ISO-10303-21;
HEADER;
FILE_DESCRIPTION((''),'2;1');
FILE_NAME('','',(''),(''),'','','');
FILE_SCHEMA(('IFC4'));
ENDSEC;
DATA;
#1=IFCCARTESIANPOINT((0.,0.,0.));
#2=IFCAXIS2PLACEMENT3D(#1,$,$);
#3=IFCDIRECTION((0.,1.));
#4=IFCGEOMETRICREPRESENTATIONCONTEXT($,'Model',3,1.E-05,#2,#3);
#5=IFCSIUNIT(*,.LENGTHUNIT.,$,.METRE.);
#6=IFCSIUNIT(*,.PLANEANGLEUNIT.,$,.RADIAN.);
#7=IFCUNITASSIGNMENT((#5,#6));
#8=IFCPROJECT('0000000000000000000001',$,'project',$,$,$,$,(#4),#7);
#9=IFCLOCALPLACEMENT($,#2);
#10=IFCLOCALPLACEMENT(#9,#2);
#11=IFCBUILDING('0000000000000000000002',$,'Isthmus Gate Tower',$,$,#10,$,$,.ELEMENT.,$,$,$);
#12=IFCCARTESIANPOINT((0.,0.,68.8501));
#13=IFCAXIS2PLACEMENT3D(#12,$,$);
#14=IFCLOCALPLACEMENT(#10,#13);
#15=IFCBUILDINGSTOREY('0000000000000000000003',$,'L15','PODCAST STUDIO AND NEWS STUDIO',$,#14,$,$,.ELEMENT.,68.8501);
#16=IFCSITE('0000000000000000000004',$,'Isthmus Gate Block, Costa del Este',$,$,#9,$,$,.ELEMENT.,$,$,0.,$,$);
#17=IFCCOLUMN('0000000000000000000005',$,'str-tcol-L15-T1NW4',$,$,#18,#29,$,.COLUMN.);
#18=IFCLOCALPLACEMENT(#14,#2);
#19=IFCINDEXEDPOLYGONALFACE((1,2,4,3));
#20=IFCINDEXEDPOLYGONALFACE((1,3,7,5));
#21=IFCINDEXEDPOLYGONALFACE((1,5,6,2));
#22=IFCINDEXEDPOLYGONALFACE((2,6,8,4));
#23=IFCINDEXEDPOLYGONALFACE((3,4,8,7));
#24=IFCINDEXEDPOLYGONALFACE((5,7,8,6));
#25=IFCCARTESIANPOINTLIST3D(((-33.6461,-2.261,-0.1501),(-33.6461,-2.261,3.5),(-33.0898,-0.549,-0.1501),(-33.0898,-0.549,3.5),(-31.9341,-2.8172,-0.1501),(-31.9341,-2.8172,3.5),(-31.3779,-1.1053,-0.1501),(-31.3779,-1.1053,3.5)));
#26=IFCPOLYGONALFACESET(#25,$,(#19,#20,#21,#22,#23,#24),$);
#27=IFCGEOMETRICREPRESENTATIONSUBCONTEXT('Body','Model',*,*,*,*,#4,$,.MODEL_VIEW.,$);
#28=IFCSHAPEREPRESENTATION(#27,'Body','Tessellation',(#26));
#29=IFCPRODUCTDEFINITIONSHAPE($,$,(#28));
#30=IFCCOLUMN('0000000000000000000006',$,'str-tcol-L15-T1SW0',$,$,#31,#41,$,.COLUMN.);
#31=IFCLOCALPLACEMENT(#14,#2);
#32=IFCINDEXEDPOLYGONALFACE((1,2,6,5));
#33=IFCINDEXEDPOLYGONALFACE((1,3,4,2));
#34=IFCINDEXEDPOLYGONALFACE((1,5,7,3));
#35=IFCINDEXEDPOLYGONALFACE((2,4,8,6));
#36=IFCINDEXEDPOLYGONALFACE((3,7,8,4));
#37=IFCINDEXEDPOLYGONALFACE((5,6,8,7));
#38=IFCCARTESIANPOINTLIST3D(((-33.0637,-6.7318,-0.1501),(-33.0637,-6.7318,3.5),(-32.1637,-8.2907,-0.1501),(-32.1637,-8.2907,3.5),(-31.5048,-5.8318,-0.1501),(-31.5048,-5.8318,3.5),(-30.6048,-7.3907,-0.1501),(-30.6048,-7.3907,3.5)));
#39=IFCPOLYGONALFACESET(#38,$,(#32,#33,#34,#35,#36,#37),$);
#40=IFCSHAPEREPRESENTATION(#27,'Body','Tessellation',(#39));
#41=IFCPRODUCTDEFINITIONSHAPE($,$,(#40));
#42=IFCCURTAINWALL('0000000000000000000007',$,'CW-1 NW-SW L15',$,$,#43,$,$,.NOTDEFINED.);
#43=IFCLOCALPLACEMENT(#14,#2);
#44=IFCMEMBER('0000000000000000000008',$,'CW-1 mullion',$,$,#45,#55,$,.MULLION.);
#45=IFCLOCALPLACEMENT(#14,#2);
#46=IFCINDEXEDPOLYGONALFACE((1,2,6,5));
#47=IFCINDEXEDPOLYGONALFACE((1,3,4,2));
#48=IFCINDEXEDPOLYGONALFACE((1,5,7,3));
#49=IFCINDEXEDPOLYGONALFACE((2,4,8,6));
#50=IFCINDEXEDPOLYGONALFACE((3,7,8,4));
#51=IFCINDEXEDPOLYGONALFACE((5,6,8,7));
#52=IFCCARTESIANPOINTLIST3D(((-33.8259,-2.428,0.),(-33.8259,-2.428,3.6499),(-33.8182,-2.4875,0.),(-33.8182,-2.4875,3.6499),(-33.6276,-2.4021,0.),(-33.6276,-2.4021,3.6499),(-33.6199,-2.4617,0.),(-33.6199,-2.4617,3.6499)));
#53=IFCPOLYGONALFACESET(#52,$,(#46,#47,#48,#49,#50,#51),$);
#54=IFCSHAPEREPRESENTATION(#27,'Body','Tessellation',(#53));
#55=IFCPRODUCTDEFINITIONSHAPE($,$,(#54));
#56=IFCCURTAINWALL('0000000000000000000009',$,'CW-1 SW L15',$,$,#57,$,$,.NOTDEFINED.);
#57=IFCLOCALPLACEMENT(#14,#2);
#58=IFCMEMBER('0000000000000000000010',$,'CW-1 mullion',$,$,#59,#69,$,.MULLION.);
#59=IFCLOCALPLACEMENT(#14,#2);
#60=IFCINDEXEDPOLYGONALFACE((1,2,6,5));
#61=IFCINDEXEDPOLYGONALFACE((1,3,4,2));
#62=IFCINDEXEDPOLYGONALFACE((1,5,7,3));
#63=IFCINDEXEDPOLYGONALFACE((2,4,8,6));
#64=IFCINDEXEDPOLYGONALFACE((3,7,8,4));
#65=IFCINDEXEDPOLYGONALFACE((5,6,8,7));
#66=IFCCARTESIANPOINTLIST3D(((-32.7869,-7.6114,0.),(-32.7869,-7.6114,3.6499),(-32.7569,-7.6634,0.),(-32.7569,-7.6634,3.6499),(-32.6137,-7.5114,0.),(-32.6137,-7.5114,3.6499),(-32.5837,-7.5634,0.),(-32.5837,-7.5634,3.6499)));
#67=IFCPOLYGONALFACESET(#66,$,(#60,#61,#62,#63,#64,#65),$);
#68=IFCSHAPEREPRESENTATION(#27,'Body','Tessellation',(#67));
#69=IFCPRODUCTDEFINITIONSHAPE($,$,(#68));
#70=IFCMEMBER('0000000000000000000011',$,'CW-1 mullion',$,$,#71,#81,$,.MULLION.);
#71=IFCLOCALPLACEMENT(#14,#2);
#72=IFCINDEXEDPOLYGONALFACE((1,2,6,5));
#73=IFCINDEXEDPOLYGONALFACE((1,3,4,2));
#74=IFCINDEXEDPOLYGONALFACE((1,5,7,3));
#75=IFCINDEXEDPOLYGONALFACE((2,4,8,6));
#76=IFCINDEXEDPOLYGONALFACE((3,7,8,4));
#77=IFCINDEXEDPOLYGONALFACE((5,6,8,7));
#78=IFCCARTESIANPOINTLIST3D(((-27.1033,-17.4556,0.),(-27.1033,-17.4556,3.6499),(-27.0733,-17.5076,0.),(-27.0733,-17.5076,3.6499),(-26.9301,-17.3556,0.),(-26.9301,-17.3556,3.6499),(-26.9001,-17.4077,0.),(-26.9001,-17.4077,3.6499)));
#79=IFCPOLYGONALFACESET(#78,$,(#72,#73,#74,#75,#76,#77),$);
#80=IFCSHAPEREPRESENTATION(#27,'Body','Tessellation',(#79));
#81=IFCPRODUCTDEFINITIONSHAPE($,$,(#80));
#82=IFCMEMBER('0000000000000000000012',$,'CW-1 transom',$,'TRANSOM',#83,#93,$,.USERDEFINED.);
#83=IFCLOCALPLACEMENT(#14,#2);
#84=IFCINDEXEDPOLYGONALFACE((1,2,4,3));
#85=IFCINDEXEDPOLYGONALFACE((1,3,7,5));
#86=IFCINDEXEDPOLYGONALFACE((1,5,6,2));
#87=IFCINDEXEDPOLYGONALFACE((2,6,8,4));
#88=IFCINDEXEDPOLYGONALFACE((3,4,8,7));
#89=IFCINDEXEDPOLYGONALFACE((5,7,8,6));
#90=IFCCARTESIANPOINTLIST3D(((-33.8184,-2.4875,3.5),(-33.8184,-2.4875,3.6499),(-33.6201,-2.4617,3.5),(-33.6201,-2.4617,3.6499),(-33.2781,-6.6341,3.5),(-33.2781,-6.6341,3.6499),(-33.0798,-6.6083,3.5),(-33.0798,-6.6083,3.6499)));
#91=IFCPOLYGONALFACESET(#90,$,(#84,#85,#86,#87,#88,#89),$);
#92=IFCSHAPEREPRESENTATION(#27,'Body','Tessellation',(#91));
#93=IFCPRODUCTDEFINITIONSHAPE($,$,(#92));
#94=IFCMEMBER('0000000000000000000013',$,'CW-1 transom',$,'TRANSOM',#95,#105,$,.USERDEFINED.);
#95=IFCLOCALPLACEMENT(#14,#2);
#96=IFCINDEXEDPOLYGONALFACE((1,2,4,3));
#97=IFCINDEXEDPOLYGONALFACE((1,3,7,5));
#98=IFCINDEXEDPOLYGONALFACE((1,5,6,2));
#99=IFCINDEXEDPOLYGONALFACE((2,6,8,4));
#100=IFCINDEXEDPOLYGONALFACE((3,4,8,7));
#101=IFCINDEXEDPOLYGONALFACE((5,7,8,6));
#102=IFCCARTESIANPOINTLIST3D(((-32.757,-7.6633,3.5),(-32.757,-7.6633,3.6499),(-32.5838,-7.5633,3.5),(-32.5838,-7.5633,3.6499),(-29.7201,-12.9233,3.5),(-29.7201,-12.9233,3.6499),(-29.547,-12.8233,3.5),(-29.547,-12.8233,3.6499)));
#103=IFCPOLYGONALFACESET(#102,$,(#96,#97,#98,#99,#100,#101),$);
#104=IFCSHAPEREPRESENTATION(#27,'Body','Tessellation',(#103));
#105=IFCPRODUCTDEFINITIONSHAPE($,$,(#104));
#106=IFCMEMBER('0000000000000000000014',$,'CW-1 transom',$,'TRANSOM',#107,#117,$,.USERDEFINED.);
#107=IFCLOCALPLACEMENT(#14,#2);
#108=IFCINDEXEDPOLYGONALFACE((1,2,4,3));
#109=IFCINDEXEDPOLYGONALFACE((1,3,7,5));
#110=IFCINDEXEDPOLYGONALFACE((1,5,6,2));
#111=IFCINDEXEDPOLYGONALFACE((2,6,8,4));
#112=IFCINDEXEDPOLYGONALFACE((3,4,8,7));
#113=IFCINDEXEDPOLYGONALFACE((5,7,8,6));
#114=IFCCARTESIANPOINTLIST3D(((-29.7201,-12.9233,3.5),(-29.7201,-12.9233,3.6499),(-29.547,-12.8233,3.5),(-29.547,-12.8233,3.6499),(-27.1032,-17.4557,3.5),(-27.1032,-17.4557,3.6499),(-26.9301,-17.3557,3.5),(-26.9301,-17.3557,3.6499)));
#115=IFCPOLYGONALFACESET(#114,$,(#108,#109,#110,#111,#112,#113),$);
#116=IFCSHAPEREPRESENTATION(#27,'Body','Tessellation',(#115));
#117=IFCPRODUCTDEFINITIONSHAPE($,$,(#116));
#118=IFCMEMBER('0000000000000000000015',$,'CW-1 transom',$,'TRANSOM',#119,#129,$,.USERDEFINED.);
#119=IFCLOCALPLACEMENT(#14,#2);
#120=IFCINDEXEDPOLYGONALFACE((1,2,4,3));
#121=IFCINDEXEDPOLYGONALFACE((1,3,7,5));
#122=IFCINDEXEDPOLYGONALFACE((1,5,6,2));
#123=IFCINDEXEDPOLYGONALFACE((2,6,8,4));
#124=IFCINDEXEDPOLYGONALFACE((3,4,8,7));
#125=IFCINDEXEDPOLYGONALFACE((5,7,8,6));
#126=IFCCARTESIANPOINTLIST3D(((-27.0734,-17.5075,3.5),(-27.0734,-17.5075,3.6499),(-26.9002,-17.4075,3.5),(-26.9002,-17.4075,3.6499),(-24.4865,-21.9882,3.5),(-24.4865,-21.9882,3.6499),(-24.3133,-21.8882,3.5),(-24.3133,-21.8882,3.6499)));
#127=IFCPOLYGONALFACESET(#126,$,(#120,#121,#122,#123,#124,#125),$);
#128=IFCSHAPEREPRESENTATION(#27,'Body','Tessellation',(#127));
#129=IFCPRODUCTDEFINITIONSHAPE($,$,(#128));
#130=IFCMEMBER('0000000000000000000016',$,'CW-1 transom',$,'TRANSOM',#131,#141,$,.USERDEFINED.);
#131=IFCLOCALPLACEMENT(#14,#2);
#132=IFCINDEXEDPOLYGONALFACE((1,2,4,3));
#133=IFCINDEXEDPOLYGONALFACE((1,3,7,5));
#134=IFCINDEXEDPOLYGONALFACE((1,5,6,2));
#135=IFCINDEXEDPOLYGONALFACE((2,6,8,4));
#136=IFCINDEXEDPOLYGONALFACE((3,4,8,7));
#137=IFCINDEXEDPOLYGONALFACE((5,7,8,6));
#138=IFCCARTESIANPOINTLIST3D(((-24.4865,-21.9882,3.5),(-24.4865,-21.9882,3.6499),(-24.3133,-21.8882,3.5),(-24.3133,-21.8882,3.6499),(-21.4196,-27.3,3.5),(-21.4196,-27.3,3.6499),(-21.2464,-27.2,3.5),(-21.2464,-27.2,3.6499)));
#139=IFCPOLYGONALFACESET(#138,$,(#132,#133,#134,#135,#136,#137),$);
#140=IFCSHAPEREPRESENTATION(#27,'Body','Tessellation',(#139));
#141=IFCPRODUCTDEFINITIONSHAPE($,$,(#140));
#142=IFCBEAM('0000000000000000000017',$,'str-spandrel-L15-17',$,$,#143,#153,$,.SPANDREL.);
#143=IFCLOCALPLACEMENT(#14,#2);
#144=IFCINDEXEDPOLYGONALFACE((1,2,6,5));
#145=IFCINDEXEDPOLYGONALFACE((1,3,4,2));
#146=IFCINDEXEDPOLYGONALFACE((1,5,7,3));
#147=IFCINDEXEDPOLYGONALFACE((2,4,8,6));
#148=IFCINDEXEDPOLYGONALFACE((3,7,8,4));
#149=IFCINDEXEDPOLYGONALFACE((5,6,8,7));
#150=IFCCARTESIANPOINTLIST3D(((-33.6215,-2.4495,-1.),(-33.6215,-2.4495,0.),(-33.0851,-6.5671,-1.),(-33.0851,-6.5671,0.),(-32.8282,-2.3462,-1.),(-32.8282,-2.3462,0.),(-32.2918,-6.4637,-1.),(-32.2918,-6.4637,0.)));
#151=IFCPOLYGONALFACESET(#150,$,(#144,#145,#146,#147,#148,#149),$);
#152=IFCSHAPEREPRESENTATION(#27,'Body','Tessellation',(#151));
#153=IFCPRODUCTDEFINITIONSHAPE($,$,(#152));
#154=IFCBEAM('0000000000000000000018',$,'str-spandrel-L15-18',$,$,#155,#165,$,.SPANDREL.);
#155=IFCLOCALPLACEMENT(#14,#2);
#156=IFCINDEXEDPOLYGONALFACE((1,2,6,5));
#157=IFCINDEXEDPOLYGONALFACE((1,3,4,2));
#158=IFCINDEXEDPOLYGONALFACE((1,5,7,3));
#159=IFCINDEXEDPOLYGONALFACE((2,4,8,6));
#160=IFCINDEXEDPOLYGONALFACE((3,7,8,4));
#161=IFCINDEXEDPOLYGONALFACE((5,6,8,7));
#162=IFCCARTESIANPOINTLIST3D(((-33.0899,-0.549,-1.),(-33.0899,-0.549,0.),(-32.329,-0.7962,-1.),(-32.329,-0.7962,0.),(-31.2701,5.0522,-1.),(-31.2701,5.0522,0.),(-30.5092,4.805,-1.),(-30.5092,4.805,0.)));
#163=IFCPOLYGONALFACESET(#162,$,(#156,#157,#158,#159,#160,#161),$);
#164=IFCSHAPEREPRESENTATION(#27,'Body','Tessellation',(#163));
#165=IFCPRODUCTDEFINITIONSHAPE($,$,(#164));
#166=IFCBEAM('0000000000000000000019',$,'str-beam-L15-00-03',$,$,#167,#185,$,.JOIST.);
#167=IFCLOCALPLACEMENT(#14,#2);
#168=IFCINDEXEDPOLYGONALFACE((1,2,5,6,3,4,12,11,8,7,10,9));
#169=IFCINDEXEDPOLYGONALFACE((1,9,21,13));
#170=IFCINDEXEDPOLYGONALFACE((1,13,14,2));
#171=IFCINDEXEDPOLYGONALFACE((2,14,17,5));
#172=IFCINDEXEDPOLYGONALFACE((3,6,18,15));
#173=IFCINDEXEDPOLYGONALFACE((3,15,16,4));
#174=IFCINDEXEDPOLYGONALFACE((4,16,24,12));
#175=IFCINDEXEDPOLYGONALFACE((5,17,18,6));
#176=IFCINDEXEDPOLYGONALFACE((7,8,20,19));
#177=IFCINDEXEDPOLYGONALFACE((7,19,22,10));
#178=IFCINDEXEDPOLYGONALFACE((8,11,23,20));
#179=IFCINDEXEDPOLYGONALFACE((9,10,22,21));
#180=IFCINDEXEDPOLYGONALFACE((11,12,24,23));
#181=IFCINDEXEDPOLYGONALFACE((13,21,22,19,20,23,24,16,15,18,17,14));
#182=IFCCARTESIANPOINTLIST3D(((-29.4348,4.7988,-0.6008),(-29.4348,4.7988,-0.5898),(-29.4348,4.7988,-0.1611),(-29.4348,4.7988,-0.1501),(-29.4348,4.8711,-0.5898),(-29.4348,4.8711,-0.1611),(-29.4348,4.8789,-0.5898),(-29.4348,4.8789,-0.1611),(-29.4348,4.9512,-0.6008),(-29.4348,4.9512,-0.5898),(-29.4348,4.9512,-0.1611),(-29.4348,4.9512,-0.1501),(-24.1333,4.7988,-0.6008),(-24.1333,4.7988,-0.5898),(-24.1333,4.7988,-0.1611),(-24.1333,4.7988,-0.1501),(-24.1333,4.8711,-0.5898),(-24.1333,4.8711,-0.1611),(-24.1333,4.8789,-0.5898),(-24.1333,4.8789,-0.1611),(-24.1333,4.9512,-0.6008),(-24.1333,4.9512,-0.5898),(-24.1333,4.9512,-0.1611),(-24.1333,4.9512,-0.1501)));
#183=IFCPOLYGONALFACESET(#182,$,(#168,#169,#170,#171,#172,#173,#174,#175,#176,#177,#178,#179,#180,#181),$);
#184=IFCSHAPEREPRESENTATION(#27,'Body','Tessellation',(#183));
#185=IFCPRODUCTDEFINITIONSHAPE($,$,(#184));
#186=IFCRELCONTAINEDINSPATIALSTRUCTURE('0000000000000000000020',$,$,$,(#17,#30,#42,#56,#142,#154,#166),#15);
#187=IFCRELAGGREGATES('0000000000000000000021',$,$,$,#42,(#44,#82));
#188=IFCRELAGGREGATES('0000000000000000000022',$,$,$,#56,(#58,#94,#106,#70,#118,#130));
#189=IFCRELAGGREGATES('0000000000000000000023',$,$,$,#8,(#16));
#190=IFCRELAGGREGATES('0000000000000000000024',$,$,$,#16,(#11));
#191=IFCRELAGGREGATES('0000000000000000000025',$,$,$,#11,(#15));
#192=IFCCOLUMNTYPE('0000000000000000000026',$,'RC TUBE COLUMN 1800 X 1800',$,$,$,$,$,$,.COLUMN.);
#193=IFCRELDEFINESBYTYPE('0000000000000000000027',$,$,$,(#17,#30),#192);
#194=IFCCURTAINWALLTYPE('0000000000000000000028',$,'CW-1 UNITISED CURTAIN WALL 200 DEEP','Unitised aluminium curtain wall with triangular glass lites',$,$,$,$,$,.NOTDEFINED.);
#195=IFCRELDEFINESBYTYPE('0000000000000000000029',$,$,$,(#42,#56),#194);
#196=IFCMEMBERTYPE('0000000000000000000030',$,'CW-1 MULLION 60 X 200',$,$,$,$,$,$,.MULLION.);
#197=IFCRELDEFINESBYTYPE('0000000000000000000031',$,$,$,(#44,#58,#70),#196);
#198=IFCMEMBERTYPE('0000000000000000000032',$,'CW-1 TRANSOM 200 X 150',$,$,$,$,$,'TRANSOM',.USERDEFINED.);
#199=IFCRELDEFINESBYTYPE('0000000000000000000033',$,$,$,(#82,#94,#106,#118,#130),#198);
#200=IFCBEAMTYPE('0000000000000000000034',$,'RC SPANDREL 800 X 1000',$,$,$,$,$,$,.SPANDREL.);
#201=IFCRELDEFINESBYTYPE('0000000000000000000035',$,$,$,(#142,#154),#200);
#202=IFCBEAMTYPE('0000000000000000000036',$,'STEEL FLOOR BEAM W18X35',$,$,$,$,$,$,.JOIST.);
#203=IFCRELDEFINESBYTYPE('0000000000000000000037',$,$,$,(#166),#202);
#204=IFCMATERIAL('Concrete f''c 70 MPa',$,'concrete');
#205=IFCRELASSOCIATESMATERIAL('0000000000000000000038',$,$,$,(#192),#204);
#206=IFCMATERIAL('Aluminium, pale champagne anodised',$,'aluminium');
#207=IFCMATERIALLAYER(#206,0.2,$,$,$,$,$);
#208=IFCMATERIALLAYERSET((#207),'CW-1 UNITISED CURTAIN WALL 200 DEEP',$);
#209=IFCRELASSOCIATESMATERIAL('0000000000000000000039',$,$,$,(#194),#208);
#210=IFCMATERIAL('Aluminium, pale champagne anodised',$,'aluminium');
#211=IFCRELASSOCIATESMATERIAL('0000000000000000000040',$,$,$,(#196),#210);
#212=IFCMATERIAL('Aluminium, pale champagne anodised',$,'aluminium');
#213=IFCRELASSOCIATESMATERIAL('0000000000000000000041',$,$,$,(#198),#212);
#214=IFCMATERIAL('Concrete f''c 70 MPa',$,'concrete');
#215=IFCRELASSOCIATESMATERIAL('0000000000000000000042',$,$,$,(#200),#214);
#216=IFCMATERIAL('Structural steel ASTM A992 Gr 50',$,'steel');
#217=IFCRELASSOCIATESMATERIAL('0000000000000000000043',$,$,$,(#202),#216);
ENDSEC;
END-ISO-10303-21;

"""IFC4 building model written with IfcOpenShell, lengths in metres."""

from ifc_helpers import new_model, si_unit, direction, frame, origin, origin_2d, place, context, subcontext, project, spatial, rectangle, i_section, extrude, material, layer, layer_set, material_profile, profile_set, type_object, element, aggregate, save


model = new_model("IFC4")

# Units and contexts
model_context = context("Model", 3, precision=1e-05, world=origin(), true_north=direction((0.0, 1.0)))
body_context = subcontext(model_context, "Body", "Model", "MODEL_VIEW")
ifc_project = project(units=[si_unit("LENGTHUNIT", "METRE"), si_unit("PLANEANGLEUNIT", "RADIAN")], contexts=[model_context])

# Site, building, storey
site_placement = place(None, origin())
site = spatial("IfcSite", under=ifc_project, at=site_placement, Name="Isthmus Gate Block, Costa del Este", CompositionType="ELEMENT", RefElevation=0.0)
building_placement = place(site_placement, origin())
building = spatial("IfcBuilding", under=site, at=building_placement, Name="Isthmus Gate Tower", CompositionType="ELEMENT")
storey_placement = place(building_placement, frame((0.0, 0.0, 68.8501)))
storey = spatial("IfcBuildingStorey", under=building, at=storey_placement, Name="L15", Description="PODCAST STUDIO AND NEWS STUDIO", CompositionType="ELEMENT", Elevation=68.8501)

# Columns
ifc_material_1 = material(Name="Concrete f'c 70 MPa", Category="concrete")
ifc_material_profile_1 = material_profile(ifc_material_1, rectangle(XDim=1.8, YDim=1.8, at=origin_2d()), Name="RC 1800X1800")
ifc_profile_set_1 = profile_set([ifc_material_profile_1], Name="Concrete f'c 70 MPa")
column_type = type_object("IfcColumnType", Name="RC TUBE COLUMN 1800 X 1800", PredefinedType="COLUMN", material=ifc_profile_set_1)
for number, where, z_axis, x_axis, name in (
    (1, (-32.512, -1.6831, -0.1501), (0.0, 0.0, 1.0), (-0.309017, -0.951057, 0.0), "str-tcol-L15-T1NW4"),
    (2, (-31.8342, -7.0613, -0.1501), (0.0, 0.0, 1.0), (0.5, -0.866025, 0.0), "str-tcol-L15-T1SW0"),
):
    element("IfcColumn", number, at=place(storey_placement, frame(where, z_axis=z_axis, x_axis=x_axis)), inside=storey, type_object=column_type, Name=name, PredefinedType="COLUMN", context=body_context, shape_type="SweptSolid", body=[
        extrude(rectangle(XDim=1.8, YDim=1.8, at=origin_2d()), origin(), (0.0, 0.0, 1.0), 3.6501),
    ])

# Curtain wall, member
ifc_material_2 = material(Name="Aluminium, pale champagne anodised", Category="aluminium")
ifc_layer_1 = layer(ifc_material_2, 0.2)
ifc_layer_set_1 = layer_set([ifc_layer_1], Name="CW-1 UNITISED CURTAIN WALL 200 DEEP")
curtain_wall_type = type_object("IfcCurtainWallType", Name="CW-1 UNITISED CURTAIN WALL 200 DEEP", Description="Unitised aluminium curtain wall with triangular glass lites", PredefinedType="NOTDEFINED", material=ifc_layer_set_1)
curtain_wall_1_placement = place(storey_placement, origin())
curtain_wall_1 = element("IfcCurtainWall", 3, at=curtain_wall_1_placement, inside=storey, type_object=curtain_wall_type, Name="CW-1 NW-SW L15", PredefinedType="NOTDEFINED")
ifc_material_3 = material(Name="Aluminium, pale champagne anodised", Category="aluminium")
ifc_material_profile_2 = material_profile(ifc_material_3, rectangle(XDim=0.0601, YDim=0.2, at=origin_2d()), Name="60x200")
ifc_profile_set_2 = profile_set([ifc_material_profile_2], Name="Aluminium, pale champagne anodised")
member_type_1 = type_object("IfcMemberType", Name="CW-1 MULLION 60 X 200", PredefinedType="MULLION", material=ifc_profile_set_2)
member_1_placement = place(storey_placement, frame((-33.7229, -2.4448, 0.0), z_axis=(0.0, 0.0, 1.0), x_axis=(0.129165, -0.991623, 0.0)))
member_1 = element("IfcMember", 4, at=member_1_placement, type_object=member_type_1, Name="CW-1 mullion", PredefinedType="MULLION", context=body_context, shape_type="SweptSolid", body=[
    extrude(rectangle(XDim=0.0601, YDim=0.2, at=origin_2d()), origin(), (0.0, 0.0, 1.0), 3.6499),
])

# Curtain wall, members
curtain_wall_2_placement = place(storey_placement, origin())
curtain_wall_2 = element("IfcCurtainWall", 5, at=curtain_wall_2_placement, inside=storey, type_object=curtain_wall_type, Name="CW-1 SW L15", PredefinedType="NOTDEFINED")
member_2_placement = place(storey_placement, frame((-32.6853, -7.5874, 0.0), z_axis=(0.0, 0.0, 1.0), x_axis=(0.5, -0.866025, 0.0)))
member_2 = element("IfcMember", 6, at=member_2_placement, type_object=member_type_1, Name="CW-1 mullion", PredefinedType="MULLION", context=body_context, shape_type="SweptSolid", body=[
    extrude(rectangle(XDim=0.0601, YDim=0.2, at=origin_2d()), origin(), (0.0, 0.0, 1.0), 3.6499),
])
member_3_placement = place(storey_placement, frame((-27.0017, -17.4316, 0.0), z_axis=(0.0, 0.0, 1.0), x_axis=(0.5, -0.866025, 0.0)))
member_3 = element("IfcMember", 7, at=member_3_placement, type_object=member_type_1, Name="CW-1 mullion", PredefinedType="MULLION", context=body_context, shape_type="SweptSolid", body=[
    extrude(rectangle(XDim=0.0601, YDim=0.2, at=origin_2d()), origin(), (0.0, 0.0, 1.0), 3.6499),
])

# Members
ifc_material_4 = material(Name="Aluminium, pale champagne anodised", Category="aluminium")
ifc_material_profile_3 = material_profile(ifc_material_4, rectangle(XDim=0.2, YDim=0.1499, at=origin_2d()), Name="200x150")
ifc_profile_set_3 = profile_set([ifc_material_profile_3], Name="Aluminium, pale champagne anodised")
member_type_2 = type_object("IfcMemberType", Name="CW-1 TRANSOM 200 X 150", ElementType="TRANSOM", PredefinedType="USERDEFINED", material=ifc_profile_set_3)
member_4_placement = place(storey_placement, frame((-33.7192, -2.4746, 3.575), z_axis=(0.129207, -0.991618, 0.0), x_axis=(0.991618, 0.129207, 0.0)))
member_4 = element("IfcMember", 8, at=member_4_placement, type_object=member_type_2, Name="CW-1 transom", ObjectType="TRANSOM", PredefinedType="USERDEFINED", context=body_context, shape_type="SweptSolid", body=[
    extrude(rectangle(XDim=0.2, YDim=0.1499, at=origin_2d()), origin(), (0.0, 0.0, 1.0), 4.1816),
])
member_5_placement = place(storey_placement, frame((-32.6704, -7.6133, 3.575), z_axis=(0.5, -0.866026, 0.0), x_axis=(0.866026, 0.5, 0.0)))
member_5 = element("IfcMember", 9, at=member_5_placement, type_object=member_type_2, Name="CW-1 transom", ObjectType="TRANSOM", PredefinedType="USERDEFINED", context=body_context, shape_type="SweptSolid", body=[
    extrude(rectangle(XDim=0.2, YDim=0.1499, at=origin_2d()), origin(), (0.0, 0.0, 1.0), 6.0737),
])
member_6_placement = place(storey_placement, frame((-29.6335, -12.8733, 3.575), z_axis=(0.500017, -0.866015, 0.0), x_axis=(0.866015, 0.500017, 0.0)))
member_6 = element("IfcMember", 10, at=member_6_placement, type_object=member_type_2, Name="CW-1 transom", ObjectType="TRANSOM", PredefinedType="USERDEFINED", context=body_context, shape_type="SweptSolid", body=[
    extrude(rectangle(XDim=0.2, YDim=0.1499, at=origin_2d()), origin(), (0.0, 0.0, 1.0), 5.2336),
])
member_7_placement = place(storey_placement, frame((-26.9868, -17.4575, 3.575), z_axis=(0.499996, -0.866028, 0.0), x_axis=(0.866028, 0.499996, 0.0)))
member_7 = element("IfcMember", 11, at=member_7_placement, type_object=member_type_2, Name="CW-1 transom", ObjectType="TRANSOM", PredefinedType="USERDEFINED", context=body_context, shape_type="SweptSolid", body=[
    extrude(rectangle(XDim=0.2, YDim=0.1499, at=origin_2d()), origin(), (0.0, 0.0, 1.0), 5.1738),
])
member_8_placement = place(storey_placement, frame((-24.3999, -21.9382, 3.575), z_axis=(0.500018, -0.866015, 0.0), x_axis=(0.866015, 0.500018, 0.0)))
member_8 = element("IfcMember", 12, at=member_8_placement, type_object=member_type_2, Name="CW-1 transom", ObjectType="TRANSOM", PredefinedType="USERDEFINED", context=body_context, shape_type="SweptSolid", body=[
    extrude(rectangle(XDim=0.2, YDim=0.1499, at=origin_2d()), origin(), (0.0, 0.0, 1.0), 6.1335),
])

# Beams
ifc_material_5 = material(Name="Concrete f'c 70 MPa", Category="concrete")
ifc_material_profile_4 = material_profile(ifc_material_5, rectangle(XDim=0.8, YDim=1.0, at=origin_2d()), Name="RC 800X1000")
ifc_profile_set_4 = profile_set([ifc_material_profile_4], Name="Concrete f'c 70 MPa")
beam_type_1 = type_object("IfcBeamType", Name="RC SPANDREL 800 X 1000", PredefinedType="SPANDREL", material=ifc_profile_set_4)
beam_1_placement = place(storey_placement, frame((-32.6885, -6.5154, -0.5), z_axis=(-0.129171, 0.991622, 0.0), x_axis=(-0.991622, -0.129171, 0.0)))
element("IfcBeam", 13, at=beam_1_placement, inside=storey, type_object=beam_type_1, Name="str-spandrel-L15-17", PredefinedType="SPANDREL", context=body_context, shape_type="SweptSolid", body=[
    extrude(rectangle(XDim=0.8, YDim=1.0, at=origin_2d()), origin(), (0.0, 0.0, 1.0), 4.1523),
])
beam_2_placement = place(storey_placement, frame((-32.7095, -0.6726, -0.5), z_axis=(0.309005, 0.95106, 0.0), x_axis=(-0.95106, 0.309005, 0.0)))
element("IfcBeam", 14, at=beam_2_placement, inside=storey, type_object=beam_type_1, Name="str-spandrel-L15-18", PredefinedType="SPANDREL", context=body_context, shape_type="SweptSolid", body=[
    extrude(rectangle(XDim=0.8, YDim=1.0, at=origin_2d()), origin(), (0.0, 0.0, 1.0), 5.8894),
])
ifc_material_6 = material(Name="Structural steel ASTM A992 Gr 50", Category="steel")
ifc_material_profile_5 = material_profile(ifc_material_6, i_section(OverallWidth=0.1523, OverallDepth=0.4507, WebThickness=0.0078, FlangeThickness=0.011, at=origin_2d()), Name="W18X35")
ifc_profile_set_5 = profile_set([ifc_material_profile_5], Name="Structural steel ASTM A992 Gr 50")
beam_type_2 = type_object("IfcBeamType", Name="STEEL FLOOR BEAM W18X35", PredefinedType="JOIST", material=ifc_profile_set_5)
beam_3_placement = place(storey_placement, frame((-29.4348, 4.875, -0.3755), z_axis=(1.0, 0.0, 0.0), x_axis=(0.0, 1.0, 0.0)))
element("IfcBeam", 15, at=beam_3_placement, inside=storey, type_object=beam_type_2, Name="str-beam-L15-00-03", PredefinedType="JOIST", context=body_context, shape_type="SweptSolid", body=[
    extrude(i_section(OverallWidth=0.1523, OverallDepth=0.4507, WebThickness=0.0078, FlangeThickness=0.011, at=origin_2d()), origin(), (0.0, 0.0, 1.0), 5.3015),
])

aggregate(curtain_wall_1, [member_1, member_4])
aggregate(curtain_wall_2, [member_2, member_5, member_6, member_3, member_7, member_8])

save(model, "model.ifc")
